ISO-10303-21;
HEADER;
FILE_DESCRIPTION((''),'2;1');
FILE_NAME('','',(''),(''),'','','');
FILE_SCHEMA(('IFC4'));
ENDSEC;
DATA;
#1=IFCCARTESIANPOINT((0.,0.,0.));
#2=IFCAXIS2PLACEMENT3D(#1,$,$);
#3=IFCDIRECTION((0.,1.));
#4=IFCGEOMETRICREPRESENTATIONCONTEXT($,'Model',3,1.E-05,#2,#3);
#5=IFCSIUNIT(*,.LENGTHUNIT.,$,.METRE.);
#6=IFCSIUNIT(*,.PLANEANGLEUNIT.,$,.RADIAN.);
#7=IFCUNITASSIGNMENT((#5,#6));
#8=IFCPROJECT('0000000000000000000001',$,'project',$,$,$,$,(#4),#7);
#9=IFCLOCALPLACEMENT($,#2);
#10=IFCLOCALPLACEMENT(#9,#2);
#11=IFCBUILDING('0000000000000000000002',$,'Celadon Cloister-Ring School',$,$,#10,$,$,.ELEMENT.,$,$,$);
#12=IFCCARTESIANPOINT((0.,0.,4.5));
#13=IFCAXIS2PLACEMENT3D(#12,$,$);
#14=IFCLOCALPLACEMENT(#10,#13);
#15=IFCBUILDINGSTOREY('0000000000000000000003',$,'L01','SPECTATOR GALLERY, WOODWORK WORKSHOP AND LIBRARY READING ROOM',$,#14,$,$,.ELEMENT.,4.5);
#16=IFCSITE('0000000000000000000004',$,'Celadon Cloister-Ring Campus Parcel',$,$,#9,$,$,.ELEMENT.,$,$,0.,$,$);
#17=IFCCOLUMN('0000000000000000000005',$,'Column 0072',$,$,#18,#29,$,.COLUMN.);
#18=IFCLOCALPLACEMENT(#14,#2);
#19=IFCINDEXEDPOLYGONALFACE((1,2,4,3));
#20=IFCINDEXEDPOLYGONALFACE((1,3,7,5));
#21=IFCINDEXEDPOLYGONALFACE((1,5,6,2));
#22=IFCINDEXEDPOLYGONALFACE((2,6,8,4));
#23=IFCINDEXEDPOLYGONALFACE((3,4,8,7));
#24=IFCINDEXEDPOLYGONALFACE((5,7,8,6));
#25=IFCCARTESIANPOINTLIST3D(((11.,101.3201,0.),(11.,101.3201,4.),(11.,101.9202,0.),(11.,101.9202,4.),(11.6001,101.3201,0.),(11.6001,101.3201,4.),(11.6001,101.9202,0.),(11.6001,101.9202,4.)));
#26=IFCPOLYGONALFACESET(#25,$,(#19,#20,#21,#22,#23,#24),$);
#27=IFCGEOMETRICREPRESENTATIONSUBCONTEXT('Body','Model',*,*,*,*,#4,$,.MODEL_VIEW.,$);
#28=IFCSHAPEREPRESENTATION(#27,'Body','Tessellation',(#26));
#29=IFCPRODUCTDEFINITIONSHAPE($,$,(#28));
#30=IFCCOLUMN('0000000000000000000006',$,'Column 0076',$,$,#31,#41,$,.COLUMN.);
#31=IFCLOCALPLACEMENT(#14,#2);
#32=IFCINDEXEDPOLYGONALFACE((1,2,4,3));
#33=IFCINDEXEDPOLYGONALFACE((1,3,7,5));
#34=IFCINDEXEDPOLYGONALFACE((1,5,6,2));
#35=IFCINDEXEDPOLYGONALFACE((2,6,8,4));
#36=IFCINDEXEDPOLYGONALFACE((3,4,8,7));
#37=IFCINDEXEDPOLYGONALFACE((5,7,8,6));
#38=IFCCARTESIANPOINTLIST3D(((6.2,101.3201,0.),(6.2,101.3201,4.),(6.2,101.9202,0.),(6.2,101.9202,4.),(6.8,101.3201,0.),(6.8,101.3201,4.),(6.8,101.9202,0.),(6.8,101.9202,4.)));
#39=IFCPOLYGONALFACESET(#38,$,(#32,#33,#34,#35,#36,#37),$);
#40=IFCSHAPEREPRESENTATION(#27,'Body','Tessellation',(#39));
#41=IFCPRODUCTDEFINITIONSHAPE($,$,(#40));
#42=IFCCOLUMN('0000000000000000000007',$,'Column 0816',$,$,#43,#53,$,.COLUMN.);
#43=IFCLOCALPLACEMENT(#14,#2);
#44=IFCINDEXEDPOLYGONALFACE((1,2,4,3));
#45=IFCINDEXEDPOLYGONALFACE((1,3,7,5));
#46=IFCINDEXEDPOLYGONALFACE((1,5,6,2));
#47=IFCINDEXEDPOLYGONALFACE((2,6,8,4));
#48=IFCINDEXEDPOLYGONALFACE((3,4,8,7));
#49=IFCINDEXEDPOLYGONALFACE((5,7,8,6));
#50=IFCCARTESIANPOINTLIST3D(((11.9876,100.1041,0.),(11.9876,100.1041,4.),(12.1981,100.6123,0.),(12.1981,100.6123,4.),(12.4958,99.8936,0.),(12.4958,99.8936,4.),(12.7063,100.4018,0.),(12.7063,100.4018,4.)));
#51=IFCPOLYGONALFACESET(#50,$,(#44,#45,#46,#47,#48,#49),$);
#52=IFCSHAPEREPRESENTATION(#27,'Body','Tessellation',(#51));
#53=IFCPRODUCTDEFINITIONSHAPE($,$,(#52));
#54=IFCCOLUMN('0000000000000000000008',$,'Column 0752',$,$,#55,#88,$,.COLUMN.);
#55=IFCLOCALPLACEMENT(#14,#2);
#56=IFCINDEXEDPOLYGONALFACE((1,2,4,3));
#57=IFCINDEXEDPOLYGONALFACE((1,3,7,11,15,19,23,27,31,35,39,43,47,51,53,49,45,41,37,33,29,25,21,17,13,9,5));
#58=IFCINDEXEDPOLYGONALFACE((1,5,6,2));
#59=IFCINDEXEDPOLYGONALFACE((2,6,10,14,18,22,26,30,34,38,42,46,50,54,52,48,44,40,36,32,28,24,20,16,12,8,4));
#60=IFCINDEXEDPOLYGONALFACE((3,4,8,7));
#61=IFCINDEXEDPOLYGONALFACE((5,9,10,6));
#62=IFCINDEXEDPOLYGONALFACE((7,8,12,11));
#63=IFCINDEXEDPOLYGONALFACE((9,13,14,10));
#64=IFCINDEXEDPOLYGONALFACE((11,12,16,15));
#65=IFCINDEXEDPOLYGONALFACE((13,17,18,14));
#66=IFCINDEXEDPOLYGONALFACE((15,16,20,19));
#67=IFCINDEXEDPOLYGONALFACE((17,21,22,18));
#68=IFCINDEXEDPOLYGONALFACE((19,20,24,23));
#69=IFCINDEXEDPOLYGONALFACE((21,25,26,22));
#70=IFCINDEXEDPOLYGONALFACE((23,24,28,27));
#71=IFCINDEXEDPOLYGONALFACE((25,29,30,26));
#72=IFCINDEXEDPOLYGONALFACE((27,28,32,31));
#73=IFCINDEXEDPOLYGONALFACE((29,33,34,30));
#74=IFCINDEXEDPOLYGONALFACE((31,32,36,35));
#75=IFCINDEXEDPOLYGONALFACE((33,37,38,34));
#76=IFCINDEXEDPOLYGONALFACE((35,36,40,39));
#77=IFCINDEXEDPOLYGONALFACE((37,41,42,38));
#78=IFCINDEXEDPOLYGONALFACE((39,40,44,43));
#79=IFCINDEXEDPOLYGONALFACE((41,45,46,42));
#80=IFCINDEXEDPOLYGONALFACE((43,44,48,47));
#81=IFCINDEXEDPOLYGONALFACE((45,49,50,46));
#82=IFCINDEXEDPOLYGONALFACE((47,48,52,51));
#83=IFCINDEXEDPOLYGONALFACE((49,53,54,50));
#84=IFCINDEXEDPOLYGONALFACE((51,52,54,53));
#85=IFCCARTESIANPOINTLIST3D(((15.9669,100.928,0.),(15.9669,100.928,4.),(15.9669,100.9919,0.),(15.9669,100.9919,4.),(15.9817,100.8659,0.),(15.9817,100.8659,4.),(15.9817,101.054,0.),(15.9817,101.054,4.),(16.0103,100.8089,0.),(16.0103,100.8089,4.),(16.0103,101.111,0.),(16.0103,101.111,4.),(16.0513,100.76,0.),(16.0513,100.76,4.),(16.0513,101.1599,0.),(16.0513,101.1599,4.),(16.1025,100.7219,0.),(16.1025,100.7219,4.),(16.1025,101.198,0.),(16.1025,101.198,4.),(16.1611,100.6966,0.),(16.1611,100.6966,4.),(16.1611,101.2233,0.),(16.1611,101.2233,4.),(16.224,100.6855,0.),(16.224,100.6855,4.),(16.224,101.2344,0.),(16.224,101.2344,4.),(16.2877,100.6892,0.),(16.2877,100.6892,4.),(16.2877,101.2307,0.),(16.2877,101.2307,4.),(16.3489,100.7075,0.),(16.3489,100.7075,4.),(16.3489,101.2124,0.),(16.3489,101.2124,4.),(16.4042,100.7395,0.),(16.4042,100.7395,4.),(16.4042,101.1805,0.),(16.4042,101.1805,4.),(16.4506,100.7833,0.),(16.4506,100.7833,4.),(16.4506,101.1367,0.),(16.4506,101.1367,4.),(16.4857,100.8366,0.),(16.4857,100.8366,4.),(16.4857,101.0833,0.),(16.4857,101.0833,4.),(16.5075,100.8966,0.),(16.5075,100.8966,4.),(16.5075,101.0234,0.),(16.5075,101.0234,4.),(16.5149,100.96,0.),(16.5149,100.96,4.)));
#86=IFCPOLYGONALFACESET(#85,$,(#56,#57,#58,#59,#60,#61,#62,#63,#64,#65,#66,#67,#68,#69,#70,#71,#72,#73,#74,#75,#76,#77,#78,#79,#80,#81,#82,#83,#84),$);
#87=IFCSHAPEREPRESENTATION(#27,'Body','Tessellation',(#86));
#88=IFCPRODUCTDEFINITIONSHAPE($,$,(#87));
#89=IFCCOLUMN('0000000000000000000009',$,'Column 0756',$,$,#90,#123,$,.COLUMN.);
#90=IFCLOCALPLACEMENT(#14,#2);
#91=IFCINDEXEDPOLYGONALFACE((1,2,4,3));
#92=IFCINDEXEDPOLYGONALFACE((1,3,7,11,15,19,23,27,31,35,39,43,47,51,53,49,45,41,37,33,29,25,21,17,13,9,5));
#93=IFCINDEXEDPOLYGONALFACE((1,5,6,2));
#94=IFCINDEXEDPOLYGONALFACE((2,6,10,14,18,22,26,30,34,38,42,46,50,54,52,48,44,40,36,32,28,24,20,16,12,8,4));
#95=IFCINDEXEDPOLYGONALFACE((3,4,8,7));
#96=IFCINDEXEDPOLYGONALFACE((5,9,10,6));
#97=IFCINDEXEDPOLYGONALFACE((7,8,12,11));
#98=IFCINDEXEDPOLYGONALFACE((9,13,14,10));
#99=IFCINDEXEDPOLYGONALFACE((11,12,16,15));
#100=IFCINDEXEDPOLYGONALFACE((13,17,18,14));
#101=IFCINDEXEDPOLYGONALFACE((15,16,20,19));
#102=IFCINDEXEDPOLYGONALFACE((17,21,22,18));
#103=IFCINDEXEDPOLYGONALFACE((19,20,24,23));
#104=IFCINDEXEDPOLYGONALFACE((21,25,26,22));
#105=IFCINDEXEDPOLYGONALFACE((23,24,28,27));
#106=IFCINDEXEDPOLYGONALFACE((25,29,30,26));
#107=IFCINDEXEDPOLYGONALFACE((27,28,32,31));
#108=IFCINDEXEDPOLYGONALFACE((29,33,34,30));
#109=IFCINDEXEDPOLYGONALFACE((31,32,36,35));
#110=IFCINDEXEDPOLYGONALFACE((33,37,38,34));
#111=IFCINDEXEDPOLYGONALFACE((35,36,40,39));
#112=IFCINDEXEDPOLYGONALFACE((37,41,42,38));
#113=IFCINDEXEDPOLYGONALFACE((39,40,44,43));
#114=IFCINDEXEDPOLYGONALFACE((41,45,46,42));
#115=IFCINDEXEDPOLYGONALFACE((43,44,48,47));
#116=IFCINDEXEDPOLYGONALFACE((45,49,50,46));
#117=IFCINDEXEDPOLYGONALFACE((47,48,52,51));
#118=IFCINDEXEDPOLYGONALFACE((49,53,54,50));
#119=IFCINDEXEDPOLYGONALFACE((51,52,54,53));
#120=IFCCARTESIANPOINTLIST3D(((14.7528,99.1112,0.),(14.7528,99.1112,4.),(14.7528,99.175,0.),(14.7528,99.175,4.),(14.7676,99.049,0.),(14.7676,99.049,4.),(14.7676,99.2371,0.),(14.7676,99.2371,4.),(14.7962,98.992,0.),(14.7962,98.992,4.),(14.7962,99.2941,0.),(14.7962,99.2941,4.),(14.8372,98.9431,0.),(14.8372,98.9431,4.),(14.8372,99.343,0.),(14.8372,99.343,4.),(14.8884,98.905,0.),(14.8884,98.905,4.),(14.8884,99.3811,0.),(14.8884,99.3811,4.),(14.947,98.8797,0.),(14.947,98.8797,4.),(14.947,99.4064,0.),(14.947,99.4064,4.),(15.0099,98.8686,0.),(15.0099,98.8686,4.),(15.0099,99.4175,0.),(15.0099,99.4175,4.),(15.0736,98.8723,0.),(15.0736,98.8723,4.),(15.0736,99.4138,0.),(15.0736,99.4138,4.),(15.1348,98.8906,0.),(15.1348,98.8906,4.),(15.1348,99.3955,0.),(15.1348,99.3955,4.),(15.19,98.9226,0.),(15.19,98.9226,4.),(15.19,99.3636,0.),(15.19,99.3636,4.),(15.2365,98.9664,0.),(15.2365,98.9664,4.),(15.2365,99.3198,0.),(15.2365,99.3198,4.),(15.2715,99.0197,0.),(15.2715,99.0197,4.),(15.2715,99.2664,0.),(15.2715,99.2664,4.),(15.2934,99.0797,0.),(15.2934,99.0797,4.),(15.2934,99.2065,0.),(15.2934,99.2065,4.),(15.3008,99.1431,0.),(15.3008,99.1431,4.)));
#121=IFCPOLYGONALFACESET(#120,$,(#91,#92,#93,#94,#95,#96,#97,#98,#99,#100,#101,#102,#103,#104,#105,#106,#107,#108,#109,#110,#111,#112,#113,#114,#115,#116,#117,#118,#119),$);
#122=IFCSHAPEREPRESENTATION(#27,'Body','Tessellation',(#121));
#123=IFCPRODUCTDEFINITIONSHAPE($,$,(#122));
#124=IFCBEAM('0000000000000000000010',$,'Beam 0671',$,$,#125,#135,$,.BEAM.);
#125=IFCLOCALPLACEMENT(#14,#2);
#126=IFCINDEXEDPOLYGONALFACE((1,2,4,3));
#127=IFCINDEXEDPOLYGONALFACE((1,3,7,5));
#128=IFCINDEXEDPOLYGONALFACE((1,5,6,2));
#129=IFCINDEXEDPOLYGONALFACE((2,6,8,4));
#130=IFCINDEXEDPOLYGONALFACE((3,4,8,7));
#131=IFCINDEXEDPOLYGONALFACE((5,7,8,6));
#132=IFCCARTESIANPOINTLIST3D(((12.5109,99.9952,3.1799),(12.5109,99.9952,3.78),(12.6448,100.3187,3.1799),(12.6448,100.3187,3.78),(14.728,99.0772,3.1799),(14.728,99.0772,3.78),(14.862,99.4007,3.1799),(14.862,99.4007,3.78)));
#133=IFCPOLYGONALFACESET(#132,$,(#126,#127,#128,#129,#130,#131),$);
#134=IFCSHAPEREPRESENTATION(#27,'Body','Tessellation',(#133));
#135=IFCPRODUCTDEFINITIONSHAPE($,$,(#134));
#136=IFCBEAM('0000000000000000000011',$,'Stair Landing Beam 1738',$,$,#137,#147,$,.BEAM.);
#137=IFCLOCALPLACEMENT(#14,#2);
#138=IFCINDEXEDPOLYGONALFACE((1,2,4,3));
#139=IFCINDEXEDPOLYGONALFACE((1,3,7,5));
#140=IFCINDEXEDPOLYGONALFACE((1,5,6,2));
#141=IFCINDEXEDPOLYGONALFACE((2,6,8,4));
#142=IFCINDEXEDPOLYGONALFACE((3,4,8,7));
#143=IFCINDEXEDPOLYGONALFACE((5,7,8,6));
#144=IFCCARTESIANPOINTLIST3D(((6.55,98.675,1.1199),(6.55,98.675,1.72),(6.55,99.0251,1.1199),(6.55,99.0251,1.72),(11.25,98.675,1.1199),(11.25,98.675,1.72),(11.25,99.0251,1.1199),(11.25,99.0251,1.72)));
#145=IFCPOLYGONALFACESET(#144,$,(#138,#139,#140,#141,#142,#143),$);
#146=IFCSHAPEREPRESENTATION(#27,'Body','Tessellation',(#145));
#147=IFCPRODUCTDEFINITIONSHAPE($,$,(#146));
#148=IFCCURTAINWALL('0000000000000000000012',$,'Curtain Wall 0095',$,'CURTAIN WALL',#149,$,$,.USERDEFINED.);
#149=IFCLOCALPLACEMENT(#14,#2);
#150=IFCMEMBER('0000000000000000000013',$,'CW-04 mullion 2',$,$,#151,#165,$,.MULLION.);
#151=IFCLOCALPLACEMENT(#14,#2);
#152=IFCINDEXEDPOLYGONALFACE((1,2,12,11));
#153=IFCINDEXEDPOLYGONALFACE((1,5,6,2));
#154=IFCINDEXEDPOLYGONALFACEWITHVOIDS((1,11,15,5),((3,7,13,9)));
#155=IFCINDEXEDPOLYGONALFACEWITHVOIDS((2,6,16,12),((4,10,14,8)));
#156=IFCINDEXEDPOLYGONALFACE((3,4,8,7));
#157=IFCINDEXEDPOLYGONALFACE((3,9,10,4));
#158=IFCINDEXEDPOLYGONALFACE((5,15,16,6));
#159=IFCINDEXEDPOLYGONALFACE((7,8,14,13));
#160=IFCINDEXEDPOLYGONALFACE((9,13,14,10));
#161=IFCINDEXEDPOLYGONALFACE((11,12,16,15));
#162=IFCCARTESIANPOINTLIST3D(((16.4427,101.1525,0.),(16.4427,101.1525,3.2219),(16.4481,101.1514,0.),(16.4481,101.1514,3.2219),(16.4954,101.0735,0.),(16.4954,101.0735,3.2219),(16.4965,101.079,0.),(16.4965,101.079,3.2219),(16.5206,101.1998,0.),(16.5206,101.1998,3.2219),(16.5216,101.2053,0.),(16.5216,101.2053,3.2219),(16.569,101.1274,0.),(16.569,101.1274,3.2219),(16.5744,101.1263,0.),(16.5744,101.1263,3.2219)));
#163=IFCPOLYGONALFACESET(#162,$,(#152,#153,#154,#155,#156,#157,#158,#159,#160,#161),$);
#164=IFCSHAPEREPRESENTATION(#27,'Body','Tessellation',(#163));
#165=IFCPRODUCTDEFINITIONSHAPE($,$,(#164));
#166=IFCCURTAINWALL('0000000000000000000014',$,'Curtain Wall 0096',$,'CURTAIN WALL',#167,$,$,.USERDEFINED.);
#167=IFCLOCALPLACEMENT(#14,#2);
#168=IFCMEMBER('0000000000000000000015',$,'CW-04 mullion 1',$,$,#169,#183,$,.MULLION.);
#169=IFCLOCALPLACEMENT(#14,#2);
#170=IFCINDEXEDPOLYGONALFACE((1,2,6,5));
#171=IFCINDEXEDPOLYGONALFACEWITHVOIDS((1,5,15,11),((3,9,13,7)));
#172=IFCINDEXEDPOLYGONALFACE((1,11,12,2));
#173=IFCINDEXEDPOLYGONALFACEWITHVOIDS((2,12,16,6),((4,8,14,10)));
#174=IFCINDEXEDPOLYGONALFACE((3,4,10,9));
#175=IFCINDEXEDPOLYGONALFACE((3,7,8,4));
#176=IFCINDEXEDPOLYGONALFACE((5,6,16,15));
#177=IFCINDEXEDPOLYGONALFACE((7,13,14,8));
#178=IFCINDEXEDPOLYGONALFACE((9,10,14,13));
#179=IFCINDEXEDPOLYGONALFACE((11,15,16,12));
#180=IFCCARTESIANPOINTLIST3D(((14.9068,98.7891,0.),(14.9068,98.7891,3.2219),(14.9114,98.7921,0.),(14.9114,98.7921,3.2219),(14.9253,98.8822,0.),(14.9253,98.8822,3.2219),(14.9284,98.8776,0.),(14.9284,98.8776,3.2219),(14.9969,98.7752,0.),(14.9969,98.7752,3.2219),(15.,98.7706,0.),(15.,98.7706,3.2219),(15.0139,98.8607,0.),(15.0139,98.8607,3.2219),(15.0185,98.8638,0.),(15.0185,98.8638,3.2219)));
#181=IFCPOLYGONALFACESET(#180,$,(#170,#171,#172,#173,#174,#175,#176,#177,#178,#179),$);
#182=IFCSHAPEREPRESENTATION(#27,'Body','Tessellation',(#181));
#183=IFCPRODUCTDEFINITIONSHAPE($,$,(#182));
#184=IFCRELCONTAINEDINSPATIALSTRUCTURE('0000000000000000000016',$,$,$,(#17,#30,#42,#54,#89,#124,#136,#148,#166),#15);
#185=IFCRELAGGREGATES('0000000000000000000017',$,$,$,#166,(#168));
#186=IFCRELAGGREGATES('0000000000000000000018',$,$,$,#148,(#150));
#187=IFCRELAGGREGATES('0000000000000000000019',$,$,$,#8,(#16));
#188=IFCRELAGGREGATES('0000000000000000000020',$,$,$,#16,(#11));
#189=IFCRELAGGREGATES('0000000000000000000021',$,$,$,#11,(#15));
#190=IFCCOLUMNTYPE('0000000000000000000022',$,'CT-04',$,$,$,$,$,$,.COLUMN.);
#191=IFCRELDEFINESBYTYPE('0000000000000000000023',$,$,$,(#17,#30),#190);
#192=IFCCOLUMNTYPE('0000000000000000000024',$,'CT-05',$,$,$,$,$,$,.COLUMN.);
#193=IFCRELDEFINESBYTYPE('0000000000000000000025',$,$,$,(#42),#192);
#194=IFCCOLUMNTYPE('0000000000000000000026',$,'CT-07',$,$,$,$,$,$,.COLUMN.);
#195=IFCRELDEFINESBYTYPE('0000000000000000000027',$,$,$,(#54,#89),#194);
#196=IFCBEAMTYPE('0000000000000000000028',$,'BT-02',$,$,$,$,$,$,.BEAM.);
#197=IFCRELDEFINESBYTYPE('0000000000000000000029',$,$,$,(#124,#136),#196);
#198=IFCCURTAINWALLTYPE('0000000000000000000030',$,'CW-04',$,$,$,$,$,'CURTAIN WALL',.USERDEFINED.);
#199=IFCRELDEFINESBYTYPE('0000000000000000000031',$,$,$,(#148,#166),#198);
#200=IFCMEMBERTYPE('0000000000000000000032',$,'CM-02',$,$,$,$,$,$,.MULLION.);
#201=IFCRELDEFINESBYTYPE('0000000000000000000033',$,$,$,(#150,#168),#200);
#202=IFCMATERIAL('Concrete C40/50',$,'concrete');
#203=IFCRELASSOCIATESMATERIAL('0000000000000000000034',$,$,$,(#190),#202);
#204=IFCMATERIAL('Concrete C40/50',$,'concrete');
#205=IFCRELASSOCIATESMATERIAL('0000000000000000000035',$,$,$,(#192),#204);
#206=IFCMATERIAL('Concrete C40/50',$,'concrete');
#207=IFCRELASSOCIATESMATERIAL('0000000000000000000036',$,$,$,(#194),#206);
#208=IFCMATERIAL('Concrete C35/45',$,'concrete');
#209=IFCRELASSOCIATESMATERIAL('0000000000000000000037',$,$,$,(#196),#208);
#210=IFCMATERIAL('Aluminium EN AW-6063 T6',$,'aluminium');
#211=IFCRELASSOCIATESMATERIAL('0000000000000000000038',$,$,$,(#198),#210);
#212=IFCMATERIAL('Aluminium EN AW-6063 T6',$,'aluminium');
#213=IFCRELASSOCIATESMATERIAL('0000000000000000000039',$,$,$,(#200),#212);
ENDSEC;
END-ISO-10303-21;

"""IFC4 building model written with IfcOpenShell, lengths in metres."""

from ifc_helpers import new_model, si_unit, direction, frame, origin, origin_2d, place, context, subcontext, project, spatial, rectangle, hollow_rectangle, circle, extrude, material, material_profile, profile_set, type_object, element, aggregate, save


model = new_model("IFC4")

# Units and contexts
model_context = context("Model", 3, precision=1e-05, world=origin(), true_north=direction((0.0, 1.0)))
body_context = subcontext(model_context, "Body", "Model", "MODEL_VIEW")
ifc_project = project(units=[si_unit("LENGTHUNIT", "METRE"), si_unit("PLANEANGLEUNIT", "RADIAN")], contexts=[model_context])

# Site, building, storey
site_placement = place(None, origin())
site = spatial("IfcSite", under=ifc_project, at=site_placement, Name="Celadon Cloister-Ring Campus Parcel", CompositionType="ELEMENT", RefElevation=0.0)
building_placement = place(site_placement, origin())
building = spatial("IfcBuilding", under=site, at=building_placement, Name="Celadon Cloister-Ring School", CompositionType="ELEMENT")
storey_placement = place(building_placement, frame((0.0, 0.0, 4.5)))
storey = spatial("IfcBuildingStorey", under=building, at=storey_placement, Name="L01", Description="SPECTATOR GALLERY, WOODWORK WORKSHOP AND LIBRARY READING ROOM", CompositionType="ELEMENT", Elevation=4.5)

# Columns
ifc_material_1 = material(Name="Concrete C40/50", Category="concrete")
ifc_material_profile_1 = material_profile(ifc_material_1, rectangle(XDim=0.6001, YDim=0.6001, at=origin_2d()), Name="RC600X600")
ifc_profile_set_1 = profile_set([ifc_material_profile_1], Name="Concrete C40/50")
column_type_1 = type_object("IfcColumnType", Name="CT-04", PredefinedType="COLUMN", material=ifc_profile_set_1)
for number, where, z_axis, x_axis, name in (
    (1, (11.3, 101.6201, 0.0), (0.0, 0.0, 1.0), (1.0, 0.0, 0.0), "Column 0072"),
    (2, (6.5, 101.6201, 0.0), (0.0, 0.0, 1.0), (1.0, 0.0, 0.0), "Column 0076"),
):
    element("IfcColumn", number, at=place(storey_placement, frame(where, z_axis=z_axis, x_axis=x_axis)), inside=storey, type_object=column_type_1, Name=name, PredefinedType="COLUMN", context=body_context, shape_type="SweptSolid", body=[
        extrude(rectangle(XDim=0.6001, YDim=0.6001, at=origin_2d()), origin(), (0.0, 0.0, 1.0), 4.0),
    ])
ifc_material_2 = material(Name="Concrete C40/50", Category="concrete")
ifc_material_profile_2 = material_profile(ifc_material_2, rectangle(XDim=0.55, YDim=0.55, at=origin_2d()), Name="RC550X550")
ifc_profile_set_2 = profile_set([ifc_material_profile_2], Name="Concrete C40/50")
column_type_2 = type_object("IfcColumnType", Name="CT-05", PredefinedType="COLUMN", material=ifc_profile_set_2)
column_placement = place(storey_placement, frame((12.3469, 100.2529, 0.0), z_axis=(0.0, 0.0, 1.0), x_axis=(-0.92388, 0.382683, 0.0)))
element("IfcColumn", 3, at=column_placement, inside=storey, type_object=column_type_2, Name="Column 0816", PredefinedType="COLUMN", context=body_context, shape_type="SweptSolid", body=[
    extrude(rectangle(XDim=0.55, YDim=0.55, at=origin_2d()), origin(), (0.0, 0.0, 1.0), 4.0),
])
ifc_material_3 = material(Name="Concrete C40/50", Category="concrete")
ifc_material_profile_3 = material_profile(ifc_material_3, circle(Radius=0.2749, at=origin_2d()), Name="CIRC550")
ifc_profile_set_3 = profile_set([ifc_material_profile_3], Name="Concrete C40/50")
column_type_3 = type_object("IfcColumnType", Name="CT-07", PredefinedType="COLUMN", material=ifc_profile_set_3)
for number, where, z_axis, x_axis, name in (
    (4, (16.24, 100.96, 0.0), (0.0, 0.0, 1.0), (1.0, 0.0, 0.0), "Column 0752"),
    (5, (15.0259, 99.1431, 0.0), (0.0, 0.0, 1.0), (1.0, 0.0, 0.0), "Column 0756"),
):
    element("IfcColumn", number, at=place(storey_placement, frame(where, z_axis=z_axis, x_axis=x_axis)), inside=storey, type_object=column_type_3, Name=name, PredefinedType="COLUMN", context=body_context, shape_type="SweptSolid", body=[
        extrude(circle(Radius=0.2749, at=origin_2d()), origin(), (0.0, 0.0, 1.0), 4.0),
    ])

# Beams
ifc_material_4 = material(Name="Concrete C35/45", Category="concrete")
ifc_material_profile_4 = material_profile(ifc_material_4, rectangle(XDim=0.3501, YDim=0.6001, at=origin_2d()), Name="RC350X600")
ifc_profile_set_4 = profile_set([ifc_material_profile_4], Name="Concrete C35/45")
beam_type_1 = type_object("IfcBeamType", Name="BT-02", PredefinedType="BEAM", material=ifc_profile_set_4)
beam_1_placement = place(storey_placement, frame((12.5779, 100.157, 3.48), z_axis=(0.923933, -0.382555, 0.0), x_axis=(0.382555, 0.923933, 0.0)))
element("IfcBeam", 6, at=beam_1_placement, inside=storey, type_object=beam_type_1, Name="Beam 0671", PredefinedType="BEAM", context=body_context, shape_type="SweptSolid", body=[
    extrude(rectangle(XDim=0.3501, YDim=0.6001, at=origin_2d()), origin(), (0.0, 0.0, 1.0), 2.3997),
])
beam_2_placement = place(storey_placement, frame((6.55, 98.8501, 1.4199), z_axis=(1.0, 0.0, 0.0), x_axis=(0.0, 1.0, 0.0)))
element("IfcBeam", 7, at=beam_2_placement, inside=storey, type_object=beam_type_1, Name="Stair Landing Beam 1738", PredefinedType="BEAM", context=body_context, shape_type="SweptSolid", body=[
    extrude(rectangle(XDim=0.3501, YDim=0.6001, at=origin_2d()), origin(), (0.0, 0.0, 1.0), 4.7),
])

# Curtain wall, member
ifc_material_5 = material(Name="Aluminium EN AW-6063 T6", Category="aluminium")
curtain_wall_type = type_object("IfcCurtainWallType", Name="CW-04", ElementType="CURTAIN WALL", PredefinedType="USERDEFINED", material=ifc_material_5)
curtain_wall_1_placement = place(storey_placement, origin())
curtain_wall_1 = element("IfcCurtainWall", 8, at=curtain_wall_1_placement, inside=storey, type_object=curtain_wall_type, Name="Curtain Wall 0095", ObjectType="CURTAIN WALL", PredefinedType="USERDEFINED")
ifc_material_6 = material(Name="Aluminium EN AW-6063 T6", Category="aluminium")
ifc_material_profile_5 = material_profile(ifc_material_6, hollow_rectangle(XDim=0.095, YDim=0.095, WallThickness=0.0039, at=origin_2d()), Name="RHS95X95X4")
ifc_profile_set_5 = profile_set([ifc_material_profile_5], Name="Aluminium EN AW-6063 T6")
member_type_1 = type_object("IfcMemberType", Name="CM-02", PredefinedType="MULLION", material=ifc_profile_set_5)
member_1_placement = place(storey_placement, frame((16.5085, 101.1394, 0.0), z_axis=(0.0, 0.0, 1.0), x_axis=(0.555547, -0.831485, 0.0)))
member_1 = element("IfcMember", 9, at=member_1_placement, type_object=member_type_1, Name="CW-04 mullion 2", PredefinedType="MULLION", context=body_context, shape_type="SweptSolid", body=[
    extrude(hollow_rectangle(XDim=0.095, YDim=0.095, WallThickness=0.0039, at=origin_2d()), origin(), (0.0, 0.0, 1.0), 3.2219),
])

# Curtain wall, member
curtain_wall_2_placement = place(storey_placement, origin())
curtain_wall_2 = element("IfcCurtainWall", 10, at=curtain_wall_2_placement, inside=storey, type_object=curtain_wall_type, Name="Curtain Wall 0096", ObjectType="CURTAIN WALL", PredefinedType="USERDEFINED")
member_2_placement = place(storey_placement, frame((14.9626, 98.8264, 0.0), z_axis=(0.0, 0.0, 1.0), x_axis=(0.980885, -0.194586, 0.0)))
member_2 = element("IfcMember", 11, at=member_2_placement, type_object=member_type_1, Name="CW-04 mullion 1", PredefinedType="MULLION", context=body_context, shape_type="SweptSolid", body=[
    extrude(hollow_rectangle(XDim=0.095, YDim=0.095, WallThickness=0.0039, at=origin_2d()), origin(), (0.0, 0.0, 1.0), 3.2219),
])
aggregate(curtain_wall_2, [member_2])

aggregate(curtain_wall_1, [member_1])

save(model, "model.ifc")
